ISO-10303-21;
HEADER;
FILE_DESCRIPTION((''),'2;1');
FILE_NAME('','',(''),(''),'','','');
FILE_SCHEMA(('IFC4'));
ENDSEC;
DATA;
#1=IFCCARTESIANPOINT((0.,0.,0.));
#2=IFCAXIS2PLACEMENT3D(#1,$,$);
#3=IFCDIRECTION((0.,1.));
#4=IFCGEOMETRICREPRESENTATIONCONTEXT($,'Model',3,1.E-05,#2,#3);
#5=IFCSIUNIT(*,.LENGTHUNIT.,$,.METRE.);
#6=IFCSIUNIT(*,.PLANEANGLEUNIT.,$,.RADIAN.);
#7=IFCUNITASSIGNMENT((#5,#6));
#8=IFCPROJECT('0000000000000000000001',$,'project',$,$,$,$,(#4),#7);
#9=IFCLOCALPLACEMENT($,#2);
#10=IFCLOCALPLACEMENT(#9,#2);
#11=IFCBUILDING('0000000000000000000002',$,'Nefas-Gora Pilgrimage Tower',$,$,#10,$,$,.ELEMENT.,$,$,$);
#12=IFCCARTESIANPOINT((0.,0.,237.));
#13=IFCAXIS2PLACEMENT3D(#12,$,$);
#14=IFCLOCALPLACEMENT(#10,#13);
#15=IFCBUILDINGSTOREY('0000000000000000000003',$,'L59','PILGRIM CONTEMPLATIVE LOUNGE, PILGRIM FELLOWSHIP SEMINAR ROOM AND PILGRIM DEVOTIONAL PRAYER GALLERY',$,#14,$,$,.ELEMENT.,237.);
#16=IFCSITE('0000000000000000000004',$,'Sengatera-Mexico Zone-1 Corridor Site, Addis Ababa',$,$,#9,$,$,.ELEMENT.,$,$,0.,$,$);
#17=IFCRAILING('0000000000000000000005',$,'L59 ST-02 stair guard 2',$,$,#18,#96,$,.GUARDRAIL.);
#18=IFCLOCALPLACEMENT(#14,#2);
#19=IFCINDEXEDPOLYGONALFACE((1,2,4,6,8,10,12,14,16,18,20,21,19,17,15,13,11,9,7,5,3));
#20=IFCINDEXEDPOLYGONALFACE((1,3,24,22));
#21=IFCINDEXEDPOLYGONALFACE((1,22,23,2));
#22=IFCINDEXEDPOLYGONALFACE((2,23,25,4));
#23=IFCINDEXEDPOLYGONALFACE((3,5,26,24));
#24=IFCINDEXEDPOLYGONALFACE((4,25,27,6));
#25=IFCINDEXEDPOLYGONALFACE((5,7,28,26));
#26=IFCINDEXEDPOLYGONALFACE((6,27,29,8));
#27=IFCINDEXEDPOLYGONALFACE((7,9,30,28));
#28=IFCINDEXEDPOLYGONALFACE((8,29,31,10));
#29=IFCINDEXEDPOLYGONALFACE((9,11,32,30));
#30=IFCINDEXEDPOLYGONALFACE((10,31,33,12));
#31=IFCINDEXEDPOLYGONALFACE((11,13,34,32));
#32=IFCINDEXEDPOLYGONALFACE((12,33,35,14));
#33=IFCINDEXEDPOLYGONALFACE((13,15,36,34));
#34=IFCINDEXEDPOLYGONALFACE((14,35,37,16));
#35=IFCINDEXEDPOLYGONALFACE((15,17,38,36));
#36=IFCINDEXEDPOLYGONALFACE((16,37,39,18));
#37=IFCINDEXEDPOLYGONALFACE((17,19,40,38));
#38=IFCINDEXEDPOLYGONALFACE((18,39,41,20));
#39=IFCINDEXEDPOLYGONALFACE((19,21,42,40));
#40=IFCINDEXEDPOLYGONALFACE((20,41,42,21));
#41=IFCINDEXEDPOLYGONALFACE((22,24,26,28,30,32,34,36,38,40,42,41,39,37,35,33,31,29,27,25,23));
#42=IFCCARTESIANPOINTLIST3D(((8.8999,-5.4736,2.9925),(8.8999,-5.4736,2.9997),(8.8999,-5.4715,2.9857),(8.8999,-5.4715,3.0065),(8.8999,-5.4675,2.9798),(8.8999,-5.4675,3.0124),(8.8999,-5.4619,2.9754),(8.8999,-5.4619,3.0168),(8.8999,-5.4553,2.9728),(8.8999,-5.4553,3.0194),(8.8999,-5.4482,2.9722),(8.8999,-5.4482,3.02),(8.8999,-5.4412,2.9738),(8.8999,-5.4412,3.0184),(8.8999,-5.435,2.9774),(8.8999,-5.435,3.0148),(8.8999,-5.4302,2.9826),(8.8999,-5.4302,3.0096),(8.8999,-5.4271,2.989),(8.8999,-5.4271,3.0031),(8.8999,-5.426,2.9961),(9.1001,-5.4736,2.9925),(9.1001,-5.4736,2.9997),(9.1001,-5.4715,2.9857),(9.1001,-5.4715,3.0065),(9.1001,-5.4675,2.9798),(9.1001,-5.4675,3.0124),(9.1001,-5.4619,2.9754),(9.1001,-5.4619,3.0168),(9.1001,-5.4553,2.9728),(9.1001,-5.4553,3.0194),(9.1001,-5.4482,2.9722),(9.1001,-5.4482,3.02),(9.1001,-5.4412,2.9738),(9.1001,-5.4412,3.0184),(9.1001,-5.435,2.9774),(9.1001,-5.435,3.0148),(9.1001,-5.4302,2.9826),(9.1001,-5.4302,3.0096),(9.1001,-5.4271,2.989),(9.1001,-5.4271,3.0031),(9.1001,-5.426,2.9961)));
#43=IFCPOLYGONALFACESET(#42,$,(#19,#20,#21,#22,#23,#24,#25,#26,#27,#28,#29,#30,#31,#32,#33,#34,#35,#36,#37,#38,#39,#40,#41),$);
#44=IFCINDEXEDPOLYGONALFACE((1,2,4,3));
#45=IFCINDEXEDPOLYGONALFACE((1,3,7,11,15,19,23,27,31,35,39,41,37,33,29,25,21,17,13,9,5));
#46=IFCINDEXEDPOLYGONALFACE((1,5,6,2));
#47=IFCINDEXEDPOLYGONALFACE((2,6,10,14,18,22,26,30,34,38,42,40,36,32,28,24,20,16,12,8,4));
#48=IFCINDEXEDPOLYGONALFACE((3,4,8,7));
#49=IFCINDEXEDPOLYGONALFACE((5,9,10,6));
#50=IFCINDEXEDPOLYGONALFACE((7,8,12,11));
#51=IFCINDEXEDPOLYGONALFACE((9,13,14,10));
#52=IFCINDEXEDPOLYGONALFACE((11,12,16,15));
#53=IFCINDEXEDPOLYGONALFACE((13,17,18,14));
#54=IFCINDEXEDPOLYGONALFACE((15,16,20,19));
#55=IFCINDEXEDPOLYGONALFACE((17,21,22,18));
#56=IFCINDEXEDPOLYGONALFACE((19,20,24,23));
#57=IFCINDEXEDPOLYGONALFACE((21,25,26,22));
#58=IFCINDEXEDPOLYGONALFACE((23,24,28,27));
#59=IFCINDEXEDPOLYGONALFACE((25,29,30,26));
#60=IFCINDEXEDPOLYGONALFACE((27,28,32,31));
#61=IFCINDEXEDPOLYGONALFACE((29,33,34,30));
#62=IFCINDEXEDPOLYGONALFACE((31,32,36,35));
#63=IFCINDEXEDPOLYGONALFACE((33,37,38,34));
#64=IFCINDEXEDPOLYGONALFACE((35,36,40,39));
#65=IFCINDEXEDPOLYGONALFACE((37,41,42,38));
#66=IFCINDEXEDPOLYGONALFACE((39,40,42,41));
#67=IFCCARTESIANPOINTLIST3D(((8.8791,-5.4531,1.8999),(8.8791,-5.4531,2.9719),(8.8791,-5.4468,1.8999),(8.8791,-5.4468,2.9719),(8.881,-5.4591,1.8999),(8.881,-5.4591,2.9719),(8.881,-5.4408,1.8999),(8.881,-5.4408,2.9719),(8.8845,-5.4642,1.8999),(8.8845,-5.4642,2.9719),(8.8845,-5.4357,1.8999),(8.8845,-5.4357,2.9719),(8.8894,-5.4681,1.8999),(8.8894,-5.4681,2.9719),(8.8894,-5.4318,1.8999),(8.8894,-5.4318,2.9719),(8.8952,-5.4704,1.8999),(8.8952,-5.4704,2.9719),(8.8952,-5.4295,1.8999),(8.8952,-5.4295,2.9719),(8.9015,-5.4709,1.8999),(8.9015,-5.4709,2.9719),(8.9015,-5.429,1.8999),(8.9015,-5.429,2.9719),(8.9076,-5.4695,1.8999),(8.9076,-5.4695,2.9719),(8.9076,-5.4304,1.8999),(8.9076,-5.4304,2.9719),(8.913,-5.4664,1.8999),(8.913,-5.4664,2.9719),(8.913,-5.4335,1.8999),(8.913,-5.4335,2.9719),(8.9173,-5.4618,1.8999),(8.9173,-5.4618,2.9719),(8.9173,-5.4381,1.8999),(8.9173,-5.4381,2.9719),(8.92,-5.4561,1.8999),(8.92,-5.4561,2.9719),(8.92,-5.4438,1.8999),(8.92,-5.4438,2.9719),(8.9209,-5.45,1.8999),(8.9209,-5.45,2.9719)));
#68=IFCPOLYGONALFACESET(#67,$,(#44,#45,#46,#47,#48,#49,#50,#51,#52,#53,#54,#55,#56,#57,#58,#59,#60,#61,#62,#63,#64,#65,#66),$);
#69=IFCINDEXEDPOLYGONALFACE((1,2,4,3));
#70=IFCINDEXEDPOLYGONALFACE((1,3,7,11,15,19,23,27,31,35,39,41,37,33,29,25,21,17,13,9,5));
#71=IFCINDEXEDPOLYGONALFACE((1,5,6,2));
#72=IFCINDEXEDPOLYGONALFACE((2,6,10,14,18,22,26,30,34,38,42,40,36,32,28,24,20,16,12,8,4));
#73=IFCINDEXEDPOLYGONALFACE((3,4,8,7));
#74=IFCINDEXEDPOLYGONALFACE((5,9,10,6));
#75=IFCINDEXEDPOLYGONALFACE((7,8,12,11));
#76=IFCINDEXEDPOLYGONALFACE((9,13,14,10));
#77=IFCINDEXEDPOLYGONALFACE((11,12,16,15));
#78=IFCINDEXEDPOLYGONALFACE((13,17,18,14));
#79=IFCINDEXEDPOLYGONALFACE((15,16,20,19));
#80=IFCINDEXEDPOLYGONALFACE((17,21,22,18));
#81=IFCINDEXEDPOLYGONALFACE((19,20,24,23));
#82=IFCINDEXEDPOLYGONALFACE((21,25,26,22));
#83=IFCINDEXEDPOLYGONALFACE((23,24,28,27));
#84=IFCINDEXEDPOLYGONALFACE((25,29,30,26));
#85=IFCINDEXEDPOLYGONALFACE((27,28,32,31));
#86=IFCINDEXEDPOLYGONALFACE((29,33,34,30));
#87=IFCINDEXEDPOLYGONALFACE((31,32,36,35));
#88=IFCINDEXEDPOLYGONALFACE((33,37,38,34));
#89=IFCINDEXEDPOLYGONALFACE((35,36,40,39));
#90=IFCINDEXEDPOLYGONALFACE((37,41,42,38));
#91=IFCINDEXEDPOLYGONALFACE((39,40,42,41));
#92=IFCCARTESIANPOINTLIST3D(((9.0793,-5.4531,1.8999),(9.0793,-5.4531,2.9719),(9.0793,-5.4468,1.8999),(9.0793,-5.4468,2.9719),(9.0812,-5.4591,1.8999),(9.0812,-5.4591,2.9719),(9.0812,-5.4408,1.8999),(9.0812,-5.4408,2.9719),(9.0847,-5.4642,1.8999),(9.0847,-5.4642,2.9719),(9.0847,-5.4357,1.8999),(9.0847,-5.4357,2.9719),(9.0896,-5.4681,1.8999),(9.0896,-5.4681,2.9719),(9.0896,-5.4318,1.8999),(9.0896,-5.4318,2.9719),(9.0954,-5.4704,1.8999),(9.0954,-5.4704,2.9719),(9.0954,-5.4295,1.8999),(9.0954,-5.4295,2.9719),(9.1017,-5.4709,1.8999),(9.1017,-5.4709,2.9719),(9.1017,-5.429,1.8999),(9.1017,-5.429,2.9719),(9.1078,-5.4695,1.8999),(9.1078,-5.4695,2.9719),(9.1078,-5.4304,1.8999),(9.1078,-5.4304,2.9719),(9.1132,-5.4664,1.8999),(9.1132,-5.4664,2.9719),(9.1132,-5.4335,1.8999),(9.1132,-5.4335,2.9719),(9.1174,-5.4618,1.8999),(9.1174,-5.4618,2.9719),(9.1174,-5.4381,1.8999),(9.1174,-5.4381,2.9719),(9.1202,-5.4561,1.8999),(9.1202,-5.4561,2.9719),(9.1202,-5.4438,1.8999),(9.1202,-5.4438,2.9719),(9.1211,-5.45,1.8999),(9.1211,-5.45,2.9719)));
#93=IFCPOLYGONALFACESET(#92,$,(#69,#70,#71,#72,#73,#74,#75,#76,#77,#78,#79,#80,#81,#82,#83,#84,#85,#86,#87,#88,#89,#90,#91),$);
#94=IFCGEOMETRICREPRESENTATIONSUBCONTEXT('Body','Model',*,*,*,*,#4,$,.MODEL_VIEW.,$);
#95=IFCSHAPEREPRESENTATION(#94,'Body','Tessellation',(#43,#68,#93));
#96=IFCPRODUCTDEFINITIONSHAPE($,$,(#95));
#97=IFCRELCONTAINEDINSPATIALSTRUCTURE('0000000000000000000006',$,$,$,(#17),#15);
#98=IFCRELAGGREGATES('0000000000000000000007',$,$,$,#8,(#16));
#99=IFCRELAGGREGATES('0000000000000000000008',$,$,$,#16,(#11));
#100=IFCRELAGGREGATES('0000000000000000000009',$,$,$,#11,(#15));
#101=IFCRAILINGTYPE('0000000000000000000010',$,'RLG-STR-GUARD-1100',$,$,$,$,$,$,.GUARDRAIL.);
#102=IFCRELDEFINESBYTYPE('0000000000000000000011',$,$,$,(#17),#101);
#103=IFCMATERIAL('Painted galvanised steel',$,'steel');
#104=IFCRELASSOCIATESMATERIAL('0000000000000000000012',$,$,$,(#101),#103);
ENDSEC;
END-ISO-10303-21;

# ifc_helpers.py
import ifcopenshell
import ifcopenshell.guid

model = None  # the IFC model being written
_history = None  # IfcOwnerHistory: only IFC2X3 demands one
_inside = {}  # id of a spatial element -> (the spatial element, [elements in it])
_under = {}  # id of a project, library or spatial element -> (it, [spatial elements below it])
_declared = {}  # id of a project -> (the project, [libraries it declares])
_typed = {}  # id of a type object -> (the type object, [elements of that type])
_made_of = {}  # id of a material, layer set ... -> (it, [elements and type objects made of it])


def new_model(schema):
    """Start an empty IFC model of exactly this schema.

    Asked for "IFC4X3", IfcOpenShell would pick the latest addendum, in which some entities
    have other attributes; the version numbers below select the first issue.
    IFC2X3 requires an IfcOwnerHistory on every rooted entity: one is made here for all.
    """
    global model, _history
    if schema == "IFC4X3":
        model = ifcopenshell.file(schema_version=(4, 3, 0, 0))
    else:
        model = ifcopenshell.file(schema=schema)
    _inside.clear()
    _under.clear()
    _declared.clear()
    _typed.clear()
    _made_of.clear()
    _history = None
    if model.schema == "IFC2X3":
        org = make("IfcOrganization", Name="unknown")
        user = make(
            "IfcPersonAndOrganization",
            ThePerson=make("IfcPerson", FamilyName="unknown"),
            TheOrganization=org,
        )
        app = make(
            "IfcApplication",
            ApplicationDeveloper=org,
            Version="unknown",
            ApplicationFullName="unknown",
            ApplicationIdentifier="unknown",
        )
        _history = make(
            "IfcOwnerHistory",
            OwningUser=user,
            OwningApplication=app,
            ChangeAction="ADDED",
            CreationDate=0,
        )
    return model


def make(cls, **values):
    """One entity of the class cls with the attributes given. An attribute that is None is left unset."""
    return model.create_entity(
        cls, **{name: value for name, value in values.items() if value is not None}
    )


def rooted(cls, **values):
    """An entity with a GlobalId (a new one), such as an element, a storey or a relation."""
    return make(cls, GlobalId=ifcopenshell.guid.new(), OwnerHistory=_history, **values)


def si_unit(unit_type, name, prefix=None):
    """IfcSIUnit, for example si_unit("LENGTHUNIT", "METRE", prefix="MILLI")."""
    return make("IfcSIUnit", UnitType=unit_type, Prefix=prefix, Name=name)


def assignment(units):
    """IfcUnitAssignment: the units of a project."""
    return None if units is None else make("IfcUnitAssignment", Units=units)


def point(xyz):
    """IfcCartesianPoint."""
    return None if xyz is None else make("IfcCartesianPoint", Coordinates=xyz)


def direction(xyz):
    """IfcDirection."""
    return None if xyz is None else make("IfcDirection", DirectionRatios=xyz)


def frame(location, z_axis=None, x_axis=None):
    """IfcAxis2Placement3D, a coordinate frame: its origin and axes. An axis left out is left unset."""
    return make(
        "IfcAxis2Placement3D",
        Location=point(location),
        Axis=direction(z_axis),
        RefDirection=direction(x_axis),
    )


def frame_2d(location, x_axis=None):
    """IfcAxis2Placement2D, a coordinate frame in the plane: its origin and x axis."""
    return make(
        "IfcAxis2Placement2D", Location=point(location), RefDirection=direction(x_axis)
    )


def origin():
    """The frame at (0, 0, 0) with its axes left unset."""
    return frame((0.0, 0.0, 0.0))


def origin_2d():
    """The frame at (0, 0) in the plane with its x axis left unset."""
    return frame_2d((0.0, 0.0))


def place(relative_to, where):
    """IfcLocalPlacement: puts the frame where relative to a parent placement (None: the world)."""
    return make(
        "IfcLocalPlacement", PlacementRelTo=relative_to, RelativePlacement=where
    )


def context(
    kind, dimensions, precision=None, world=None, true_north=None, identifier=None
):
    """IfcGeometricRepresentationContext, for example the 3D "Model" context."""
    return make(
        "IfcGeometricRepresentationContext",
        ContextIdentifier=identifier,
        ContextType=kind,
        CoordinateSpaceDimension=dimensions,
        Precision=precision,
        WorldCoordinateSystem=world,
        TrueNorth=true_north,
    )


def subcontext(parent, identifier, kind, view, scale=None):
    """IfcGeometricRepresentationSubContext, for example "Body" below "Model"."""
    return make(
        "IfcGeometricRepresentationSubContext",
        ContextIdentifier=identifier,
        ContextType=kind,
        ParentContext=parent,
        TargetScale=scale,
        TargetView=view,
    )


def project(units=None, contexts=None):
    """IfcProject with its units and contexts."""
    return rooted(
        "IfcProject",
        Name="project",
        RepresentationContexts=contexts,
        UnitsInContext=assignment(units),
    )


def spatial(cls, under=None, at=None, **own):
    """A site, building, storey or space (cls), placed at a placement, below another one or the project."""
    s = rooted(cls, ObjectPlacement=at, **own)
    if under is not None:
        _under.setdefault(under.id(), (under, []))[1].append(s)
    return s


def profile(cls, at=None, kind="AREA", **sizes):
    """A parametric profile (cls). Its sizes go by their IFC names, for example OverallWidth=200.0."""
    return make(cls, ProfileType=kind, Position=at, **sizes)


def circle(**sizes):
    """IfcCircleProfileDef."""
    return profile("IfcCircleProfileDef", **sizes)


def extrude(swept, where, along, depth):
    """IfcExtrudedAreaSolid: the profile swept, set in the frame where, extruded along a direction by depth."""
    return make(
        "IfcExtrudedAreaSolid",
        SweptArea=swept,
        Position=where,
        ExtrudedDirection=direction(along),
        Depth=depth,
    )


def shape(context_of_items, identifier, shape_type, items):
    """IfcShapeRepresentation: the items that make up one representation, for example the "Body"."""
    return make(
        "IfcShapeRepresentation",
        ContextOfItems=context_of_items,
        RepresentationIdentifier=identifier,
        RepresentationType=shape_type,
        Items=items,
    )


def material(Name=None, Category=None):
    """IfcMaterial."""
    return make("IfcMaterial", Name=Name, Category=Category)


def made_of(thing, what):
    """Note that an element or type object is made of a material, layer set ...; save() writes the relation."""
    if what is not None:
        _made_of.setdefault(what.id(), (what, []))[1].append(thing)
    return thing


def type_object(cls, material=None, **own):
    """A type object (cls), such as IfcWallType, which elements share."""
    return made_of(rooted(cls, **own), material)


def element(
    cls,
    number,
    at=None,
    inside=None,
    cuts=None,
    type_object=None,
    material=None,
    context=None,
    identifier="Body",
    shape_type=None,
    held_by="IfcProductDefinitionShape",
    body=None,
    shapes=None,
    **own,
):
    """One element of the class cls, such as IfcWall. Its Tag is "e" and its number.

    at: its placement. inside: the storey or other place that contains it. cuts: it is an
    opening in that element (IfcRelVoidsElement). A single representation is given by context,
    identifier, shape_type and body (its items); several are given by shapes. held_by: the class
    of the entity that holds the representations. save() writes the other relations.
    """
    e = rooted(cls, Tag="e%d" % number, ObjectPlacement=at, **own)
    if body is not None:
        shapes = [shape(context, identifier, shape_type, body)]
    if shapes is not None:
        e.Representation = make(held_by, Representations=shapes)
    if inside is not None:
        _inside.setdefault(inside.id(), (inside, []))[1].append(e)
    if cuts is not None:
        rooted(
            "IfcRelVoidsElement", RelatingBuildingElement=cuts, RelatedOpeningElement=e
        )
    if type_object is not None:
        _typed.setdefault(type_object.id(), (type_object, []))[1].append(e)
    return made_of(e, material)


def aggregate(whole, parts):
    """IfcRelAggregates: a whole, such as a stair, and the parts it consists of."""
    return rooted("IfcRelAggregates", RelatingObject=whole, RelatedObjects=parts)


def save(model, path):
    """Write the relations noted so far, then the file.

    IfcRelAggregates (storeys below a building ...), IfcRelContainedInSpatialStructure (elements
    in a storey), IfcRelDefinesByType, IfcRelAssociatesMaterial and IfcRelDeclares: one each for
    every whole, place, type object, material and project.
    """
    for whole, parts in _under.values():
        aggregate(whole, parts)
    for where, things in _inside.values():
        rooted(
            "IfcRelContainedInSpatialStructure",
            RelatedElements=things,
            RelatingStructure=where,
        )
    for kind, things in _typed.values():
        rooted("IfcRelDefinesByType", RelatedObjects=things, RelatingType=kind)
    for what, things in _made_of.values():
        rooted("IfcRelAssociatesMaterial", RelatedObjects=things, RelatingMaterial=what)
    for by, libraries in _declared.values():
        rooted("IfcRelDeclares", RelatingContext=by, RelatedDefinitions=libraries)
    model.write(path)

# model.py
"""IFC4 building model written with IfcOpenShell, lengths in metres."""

from ifc_helpers import new_model, si_unit, direction, frame, origin, origin_2d, place, context, subcontext, project, spatial, circle, extrude, material, type_object, element, save


model = new_model("IFC4")

# Units and contexts
model_context = context("Model", 3, precision=1e-05, world=origin(), true_north=direction((0.0, 1.0)))
body_context = subcontext(model_context, "Body", "Model", "MODEL_VIEW")
ifc_project = project(units=[si_unit("LENGTHUNIT", "METRE"), si_unit("PLANEANGLEUNIT", "RADIAN")], contexts=[model_context])

# Site, building, storey
site_placement = place(None, origin())
site = spatial("IfcSite", under=ifc_project, at=site_placement, Name="Sengatera-Mexico Zone-1 Corridor Site, Addis Ababa", CompositionType="ELEMENT", RefElevation=0.0)
building_placement = place(site_placement, origin())
building = spatial("IfcBuilding", under=site, at=building_placement, Name="Nefas-Gora Pilgrimage Tower", CompositionType="ELEMENT")
storey_placement = place(building_placement, frame((0.0, 0.0, 237.0)))
storey = spatial("IfcBuildingStorey", under=building, at=storey_placement, Name="L59", Description="PILGRIM CONTEMPLATIVE LOUNGE, PILGRIM FELLOWSHIP SEMINAR ROOM AND PILGRIM DEVOTIONAL PRAYER GALLERY", CompositionType="ELEMENT", Elevation=237.0)

# Railing
ifc_material_1 = material(Name="Painted galvanised steel", Category="steel")
railing_type_1 = type_object("IfcRailingType", Name="RLG-STR-GUARD-1100", PredefinedType="GUARDRAIL", material=ifc_material_1)
railing_1_placement = place(storey_placement, frame((8.8999, -5.45, 1.8999)))
element("IfcRailing", 1, at=railing_1_placement, inside=storey, type_object=railing_type_1, Name="L59 ST-02 stair guard 2", PredefinedType="GUARDRAIL", context=body_context, shape_type="SweptSolid", body=[
    extrude(circle(Radius=0.0239, at=origin_2d()), frame((0.0, 0.0, 1.0962), z_axis=(1.0, 0.0, 0.0), x_axis=(0.0, 1.0, 0.0)), (0.0, 0.0, 1.0), 0.2002),
    extrude(circle(Radius=0.021, at=origin_2d()), origin(), (0.0, 0.0, 1.0), 1.072),
    extrude(circle(Radius=0.021, at=origin_2d()), frame((0.2002, 0.0, 0.0)), (0.0, 0.0, 1.0), 1.072),
])

save(model, "model.ifc")
